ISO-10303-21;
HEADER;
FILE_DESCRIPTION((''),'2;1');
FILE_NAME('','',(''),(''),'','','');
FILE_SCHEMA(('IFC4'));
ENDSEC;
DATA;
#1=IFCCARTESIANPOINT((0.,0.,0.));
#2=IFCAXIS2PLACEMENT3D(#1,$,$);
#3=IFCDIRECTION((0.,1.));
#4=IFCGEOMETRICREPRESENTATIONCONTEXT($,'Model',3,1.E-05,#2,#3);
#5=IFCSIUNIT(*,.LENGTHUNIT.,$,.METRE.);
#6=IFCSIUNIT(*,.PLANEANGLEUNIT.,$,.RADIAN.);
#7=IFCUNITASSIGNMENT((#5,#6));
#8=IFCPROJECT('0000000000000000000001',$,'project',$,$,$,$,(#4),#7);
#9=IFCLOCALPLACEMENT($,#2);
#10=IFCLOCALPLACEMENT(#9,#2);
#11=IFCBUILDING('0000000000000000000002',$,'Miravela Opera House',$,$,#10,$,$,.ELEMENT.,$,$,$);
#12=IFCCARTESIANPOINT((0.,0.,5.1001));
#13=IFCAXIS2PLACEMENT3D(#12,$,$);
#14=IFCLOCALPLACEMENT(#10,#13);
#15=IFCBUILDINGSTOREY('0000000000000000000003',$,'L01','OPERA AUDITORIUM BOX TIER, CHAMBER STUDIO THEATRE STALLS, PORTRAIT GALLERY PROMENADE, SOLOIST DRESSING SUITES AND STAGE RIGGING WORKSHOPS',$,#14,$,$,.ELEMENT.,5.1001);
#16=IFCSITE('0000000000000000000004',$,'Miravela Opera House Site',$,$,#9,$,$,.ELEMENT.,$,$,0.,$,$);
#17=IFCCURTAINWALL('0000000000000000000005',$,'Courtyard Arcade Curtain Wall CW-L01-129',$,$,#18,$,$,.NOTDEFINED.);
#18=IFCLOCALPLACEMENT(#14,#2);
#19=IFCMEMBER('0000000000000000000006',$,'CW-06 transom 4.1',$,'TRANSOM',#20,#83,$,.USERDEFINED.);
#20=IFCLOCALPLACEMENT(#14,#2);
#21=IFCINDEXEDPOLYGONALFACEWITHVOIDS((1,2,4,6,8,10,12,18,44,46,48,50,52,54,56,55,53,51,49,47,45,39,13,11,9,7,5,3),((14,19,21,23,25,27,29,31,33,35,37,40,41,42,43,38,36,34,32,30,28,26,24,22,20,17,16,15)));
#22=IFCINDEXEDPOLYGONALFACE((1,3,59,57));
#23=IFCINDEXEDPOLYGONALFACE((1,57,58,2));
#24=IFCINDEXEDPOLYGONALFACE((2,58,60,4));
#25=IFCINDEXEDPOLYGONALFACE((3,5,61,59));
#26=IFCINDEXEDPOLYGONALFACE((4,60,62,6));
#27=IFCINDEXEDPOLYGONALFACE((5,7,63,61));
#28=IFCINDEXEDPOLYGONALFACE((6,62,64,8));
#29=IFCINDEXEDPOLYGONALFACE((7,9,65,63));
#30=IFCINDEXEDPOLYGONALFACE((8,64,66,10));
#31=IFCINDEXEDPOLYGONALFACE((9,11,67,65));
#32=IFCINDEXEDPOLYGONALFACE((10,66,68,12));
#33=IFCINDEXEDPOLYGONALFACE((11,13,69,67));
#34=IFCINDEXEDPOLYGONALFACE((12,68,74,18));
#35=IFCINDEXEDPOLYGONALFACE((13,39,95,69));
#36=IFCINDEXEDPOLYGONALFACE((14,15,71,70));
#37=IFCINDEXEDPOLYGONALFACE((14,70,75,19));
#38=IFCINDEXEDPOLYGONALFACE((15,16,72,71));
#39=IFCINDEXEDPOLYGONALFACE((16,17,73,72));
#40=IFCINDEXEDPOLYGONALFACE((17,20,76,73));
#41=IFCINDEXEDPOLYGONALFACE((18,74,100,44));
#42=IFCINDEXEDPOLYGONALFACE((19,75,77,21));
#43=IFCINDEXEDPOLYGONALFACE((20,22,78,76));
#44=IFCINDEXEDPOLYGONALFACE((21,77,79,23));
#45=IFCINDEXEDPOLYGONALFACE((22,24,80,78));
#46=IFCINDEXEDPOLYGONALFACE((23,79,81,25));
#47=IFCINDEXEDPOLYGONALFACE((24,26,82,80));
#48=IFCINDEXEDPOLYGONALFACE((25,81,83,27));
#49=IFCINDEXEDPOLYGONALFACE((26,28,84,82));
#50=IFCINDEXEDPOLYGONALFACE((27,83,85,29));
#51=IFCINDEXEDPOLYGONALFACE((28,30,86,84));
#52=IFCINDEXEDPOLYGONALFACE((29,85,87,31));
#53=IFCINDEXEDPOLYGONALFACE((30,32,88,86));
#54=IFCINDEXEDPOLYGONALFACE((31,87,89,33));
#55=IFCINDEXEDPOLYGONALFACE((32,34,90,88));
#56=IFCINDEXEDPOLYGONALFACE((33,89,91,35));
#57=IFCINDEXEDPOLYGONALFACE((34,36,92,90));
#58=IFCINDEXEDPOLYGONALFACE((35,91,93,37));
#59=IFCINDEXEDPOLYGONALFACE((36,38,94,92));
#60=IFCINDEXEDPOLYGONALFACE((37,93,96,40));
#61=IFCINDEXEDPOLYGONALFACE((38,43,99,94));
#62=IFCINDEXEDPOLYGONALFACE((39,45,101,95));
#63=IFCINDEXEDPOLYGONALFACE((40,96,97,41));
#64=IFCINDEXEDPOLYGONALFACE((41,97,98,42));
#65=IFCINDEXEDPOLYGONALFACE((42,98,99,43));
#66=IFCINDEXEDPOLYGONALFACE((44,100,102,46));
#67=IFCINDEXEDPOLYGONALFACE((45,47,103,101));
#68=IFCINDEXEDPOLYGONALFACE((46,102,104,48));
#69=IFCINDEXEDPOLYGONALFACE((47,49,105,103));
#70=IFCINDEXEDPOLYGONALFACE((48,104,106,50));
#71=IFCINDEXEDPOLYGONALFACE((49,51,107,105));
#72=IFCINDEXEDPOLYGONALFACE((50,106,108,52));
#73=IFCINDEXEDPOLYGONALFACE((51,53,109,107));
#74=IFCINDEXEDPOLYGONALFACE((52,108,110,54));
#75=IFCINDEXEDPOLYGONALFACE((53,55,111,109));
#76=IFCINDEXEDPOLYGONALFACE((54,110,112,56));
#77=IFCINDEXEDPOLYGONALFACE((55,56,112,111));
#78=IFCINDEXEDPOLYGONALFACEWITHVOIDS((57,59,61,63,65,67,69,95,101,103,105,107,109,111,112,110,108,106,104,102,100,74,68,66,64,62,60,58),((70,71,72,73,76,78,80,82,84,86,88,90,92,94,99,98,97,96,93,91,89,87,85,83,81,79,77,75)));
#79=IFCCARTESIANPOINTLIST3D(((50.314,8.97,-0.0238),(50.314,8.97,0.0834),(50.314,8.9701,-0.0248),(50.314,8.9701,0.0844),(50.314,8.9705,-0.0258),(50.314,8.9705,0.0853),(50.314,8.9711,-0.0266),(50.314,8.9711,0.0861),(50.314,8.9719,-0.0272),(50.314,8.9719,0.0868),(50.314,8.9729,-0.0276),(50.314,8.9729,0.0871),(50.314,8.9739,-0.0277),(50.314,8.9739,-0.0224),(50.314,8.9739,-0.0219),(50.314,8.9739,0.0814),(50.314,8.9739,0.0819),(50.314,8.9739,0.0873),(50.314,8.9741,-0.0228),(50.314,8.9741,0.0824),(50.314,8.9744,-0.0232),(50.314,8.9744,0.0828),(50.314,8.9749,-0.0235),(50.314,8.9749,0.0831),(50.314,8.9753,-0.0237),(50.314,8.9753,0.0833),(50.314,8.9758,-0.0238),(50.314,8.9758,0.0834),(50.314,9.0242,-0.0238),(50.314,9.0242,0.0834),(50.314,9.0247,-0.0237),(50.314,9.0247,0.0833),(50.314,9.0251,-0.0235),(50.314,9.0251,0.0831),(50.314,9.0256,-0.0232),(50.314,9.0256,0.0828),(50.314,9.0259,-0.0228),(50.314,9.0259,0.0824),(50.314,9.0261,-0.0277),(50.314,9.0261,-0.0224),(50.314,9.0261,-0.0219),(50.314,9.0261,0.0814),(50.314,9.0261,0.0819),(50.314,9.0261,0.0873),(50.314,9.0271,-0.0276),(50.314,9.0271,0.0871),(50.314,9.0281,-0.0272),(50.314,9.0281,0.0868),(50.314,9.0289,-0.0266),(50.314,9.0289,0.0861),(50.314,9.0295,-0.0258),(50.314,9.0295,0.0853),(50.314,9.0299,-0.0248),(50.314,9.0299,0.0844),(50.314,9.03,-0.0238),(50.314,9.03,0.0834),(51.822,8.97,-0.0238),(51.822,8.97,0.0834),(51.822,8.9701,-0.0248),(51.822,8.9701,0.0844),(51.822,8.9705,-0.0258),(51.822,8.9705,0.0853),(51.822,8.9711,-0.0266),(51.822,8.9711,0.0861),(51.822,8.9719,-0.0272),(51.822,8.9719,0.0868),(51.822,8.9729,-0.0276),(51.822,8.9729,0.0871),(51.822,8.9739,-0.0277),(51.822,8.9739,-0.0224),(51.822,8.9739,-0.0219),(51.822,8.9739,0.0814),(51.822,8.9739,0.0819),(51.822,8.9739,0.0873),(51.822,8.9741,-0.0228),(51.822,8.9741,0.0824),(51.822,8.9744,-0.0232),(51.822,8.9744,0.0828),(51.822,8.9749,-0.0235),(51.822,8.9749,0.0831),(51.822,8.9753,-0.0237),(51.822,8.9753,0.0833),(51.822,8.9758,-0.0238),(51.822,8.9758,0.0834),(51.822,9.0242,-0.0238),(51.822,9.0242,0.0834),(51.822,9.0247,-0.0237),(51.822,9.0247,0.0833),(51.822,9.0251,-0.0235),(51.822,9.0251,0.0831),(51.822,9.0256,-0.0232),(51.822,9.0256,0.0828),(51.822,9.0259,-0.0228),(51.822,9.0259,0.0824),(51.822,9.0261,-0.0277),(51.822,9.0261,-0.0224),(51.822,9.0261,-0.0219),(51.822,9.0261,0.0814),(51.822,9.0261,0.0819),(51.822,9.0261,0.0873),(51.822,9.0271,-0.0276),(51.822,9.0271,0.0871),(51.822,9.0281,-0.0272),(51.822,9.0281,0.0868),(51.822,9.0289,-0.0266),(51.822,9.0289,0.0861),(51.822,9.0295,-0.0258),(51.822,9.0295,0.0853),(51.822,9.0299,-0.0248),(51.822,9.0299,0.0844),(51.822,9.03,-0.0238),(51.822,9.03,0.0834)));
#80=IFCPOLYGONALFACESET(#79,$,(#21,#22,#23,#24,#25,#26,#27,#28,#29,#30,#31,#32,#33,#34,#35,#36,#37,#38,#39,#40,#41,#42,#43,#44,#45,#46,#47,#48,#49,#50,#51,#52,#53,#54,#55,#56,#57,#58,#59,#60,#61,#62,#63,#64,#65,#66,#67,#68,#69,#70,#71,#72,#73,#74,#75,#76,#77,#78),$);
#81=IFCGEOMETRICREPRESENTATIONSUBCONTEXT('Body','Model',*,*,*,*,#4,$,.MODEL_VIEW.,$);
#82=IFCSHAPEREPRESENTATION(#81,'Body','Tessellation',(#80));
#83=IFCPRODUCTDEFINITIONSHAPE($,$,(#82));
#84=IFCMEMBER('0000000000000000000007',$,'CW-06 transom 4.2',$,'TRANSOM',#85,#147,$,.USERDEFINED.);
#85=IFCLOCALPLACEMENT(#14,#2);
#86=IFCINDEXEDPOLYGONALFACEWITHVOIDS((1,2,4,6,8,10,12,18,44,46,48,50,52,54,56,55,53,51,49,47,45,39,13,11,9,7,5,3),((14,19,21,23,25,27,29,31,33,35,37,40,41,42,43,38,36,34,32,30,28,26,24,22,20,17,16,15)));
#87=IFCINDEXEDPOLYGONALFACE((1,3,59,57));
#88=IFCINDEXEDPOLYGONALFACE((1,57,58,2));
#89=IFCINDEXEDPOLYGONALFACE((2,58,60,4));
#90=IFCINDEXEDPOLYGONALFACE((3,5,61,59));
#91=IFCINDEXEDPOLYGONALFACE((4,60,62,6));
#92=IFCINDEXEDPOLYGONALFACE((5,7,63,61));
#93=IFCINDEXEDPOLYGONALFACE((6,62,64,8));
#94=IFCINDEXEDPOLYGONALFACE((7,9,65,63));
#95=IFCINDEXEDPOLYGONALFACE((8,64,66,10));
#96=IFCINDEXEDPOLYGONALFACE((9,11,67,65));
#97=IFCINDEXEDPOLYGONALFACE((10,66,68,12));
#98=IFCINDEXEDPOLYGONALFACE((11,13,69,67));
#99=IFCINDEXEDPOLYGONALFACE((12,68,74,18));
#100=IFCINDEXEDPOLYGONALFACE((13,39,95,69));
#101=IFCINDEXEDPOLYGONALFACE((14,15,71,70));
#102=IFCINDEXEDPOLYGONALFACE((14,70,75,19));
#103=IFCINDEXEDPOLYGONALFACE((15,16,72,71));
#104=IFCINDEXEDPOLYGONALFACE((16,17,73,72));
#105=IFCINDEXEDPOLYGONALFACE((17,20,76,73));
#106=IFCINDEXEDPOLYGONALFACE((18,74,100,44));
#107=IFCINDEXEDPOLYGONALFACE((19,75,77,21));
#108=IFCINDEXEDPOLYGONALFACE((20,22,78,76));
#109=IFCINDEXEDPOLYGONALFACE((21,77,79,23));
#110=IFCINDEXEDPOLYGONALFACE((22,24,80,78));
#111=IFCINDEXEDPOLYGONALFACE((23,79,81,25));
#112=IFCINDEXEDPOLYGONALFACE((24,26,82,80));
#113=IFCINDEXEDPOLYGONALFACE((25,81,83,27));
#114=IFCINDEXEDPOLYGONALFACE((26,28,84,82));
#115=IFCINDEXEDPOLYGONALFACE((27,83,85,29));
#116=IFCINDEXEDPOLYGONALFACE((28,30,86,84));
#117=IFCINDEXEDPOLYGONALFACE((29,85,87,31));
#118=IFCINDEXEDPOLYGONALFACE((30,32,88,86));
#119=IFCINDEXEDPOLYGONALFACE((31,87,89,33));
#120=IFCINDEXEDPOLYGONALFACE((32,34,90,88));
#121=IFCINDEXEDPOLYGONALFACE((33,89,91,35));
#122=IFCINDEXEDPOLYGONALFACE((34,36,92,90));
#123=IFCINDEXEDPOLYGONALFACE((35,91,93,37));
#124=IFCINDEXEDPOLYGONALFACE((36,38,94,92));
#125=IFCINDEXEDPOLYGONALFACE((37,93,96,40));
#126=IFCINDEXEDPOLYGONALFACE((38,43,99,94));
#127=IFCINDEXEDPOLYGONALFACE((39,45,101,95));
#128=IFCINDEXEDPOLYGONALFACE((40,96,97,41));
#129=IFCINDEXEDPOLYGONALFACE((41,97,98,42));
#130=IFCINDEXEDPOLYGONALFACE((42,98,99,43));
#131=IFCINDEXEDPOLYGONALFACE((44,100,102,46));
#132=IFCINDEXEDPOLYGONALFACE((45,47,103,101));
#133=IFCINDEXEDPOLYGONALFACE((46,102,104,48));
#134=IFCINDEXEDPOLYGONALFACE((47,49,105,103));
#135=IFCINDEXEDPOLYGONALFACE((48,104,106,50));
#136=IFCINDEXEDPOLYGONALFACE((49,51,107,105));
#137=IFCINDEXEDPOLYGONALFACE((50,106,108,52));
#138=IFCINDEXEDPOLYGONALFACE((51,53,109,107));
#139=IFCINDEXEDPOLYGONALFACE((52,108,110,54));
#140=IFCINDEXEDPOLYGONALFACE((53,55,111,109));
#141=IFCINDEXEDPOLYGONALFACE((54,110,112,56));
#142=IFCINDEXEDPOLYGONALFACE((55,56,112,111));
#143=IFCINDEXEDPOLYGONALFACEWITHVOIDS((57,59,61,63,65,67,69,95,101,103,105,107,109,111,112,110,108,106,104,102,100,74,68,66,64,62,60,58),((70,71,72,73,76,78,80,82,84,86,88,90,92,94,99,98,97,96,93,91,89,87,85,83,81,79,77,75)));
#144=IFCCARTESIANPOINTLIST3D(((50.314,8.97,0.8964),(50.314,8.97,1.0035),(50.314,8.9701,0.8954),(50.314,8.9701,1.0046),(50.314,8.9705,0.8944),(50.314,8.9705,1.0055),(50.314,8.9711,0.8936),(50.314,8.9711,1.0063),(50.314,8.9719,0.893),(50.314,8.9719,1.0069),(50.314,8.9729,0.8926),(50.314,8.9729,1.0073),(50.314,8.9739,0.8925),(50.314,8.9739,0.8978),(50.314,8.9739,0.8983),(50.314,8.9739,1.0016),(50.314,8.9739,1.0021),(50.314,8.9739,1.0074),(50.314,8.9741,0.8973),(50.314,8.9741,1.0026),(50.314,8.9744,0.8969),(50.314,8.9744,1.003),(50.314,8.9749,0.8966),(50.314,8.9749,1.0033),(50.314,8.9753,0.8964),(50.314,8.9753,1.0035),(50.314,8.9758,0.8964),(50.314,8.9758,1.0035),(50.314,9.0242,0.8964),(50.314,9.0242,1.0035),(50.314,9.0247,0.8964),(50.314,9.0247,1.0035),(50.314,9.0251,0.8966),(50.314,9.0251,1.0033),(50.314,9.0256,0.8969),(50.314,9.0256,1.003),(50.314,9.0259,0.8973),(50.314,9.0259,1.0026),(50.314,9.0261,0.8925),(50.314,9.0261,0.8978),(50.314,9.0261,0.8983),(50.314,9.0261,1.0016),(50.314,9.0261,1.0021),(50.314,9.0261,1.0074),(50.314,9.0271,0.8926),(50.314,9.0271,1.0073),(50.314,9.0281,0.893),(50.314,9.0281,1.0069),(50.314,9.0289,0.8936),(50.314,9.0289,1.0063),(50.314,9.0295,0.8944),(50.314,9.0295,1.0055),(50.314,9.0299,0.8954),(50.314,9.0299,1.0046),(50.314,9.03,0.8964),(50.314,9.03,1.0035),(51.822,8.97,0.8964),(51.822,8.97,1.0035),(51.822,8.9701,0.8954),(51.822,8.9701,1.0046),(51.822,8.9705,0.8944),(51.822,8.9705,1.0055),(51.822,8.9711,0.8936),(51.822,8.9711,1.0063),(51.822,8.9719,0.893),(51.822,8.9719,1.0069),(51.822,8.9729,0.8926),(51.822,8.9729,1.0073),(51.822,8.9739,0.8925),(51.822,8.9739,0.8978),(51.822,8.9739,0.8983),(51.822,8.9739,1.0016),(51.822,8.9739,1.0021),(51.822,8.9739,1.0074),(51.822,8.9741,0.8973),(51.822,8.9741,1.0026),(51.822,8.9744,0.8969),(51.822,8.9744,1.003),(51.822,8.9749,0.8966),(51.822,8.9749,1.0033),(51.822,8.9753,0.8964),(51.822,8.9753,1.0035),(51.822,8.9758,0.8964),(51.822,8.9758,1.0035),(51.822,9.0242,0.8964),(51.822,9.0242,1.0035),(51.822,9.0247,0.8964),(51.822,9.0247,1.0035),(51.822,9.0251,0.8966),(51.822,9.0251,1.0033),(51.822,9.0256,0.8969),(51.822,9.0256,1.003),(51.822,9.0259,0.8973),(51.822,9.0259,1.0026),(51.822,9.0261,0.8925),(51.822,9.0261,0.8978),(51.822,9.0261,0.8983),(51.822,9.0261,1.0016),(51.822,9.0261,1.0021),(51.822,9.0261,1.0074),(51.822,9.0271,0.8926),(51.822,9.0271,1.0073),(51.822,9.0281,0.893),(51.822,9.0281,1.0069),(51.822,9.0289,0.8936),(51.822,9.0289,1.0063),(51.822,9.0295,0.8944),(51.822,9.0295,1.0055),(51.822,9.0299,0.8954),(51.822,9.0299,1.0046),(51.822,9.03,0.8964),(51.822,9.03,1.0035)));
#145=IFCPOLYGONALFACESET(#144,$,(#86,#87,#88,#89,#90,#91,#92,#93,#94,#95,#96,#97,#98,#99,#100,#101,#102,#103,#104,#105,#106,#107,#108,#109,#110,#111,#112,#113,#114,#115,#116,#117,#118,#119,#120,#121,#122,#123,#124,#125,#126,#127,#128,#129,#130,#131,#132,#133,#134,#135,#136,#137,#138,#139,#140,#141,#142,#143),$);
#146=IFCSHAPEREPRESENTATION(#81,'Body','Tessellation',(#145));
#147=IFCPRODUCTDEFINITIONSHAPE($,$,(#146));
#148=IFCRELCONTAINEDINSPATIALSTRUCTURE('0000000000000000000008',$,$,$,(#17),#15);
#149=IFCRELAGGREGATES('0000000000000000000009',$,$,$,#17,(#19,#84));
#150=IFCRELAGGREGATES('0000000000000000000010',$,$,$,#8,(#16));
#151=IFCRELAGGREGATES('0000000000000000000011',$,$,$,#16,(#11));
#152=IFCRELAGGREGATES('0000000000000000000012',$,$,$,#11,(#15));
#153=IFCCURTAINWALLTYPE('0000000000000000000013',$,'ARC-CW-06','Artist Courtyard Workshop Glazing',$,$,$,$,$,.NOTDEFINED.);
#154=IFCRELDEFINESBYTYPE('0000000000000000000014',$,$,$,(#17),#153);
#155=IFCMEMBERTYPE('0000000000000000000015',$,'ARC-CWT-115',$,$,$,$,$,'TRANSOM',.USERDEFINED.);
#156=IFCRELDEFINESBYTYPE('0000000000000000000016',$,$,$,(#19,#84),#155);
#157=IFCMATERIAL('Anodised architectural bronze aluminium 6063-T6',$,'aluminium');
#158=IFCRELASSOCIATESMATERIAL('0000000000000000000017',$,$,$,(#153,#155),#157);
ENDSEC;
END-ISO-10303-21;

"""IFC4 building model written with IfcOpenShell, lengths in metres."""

from ifc_helpers import new_model, si_unit, direction, frame, origin, origin_2d, place, context, subcontext, project, spatial, hollow_rectangle, extrude, material, material_profile, profile_set, type_object, element, aggregate, save


model = new_model("IFC4")

# Units and contexts
model_context = context("Model", 3, precision=1e-05, world=origin(), true_north=direction((0.0, 1.0)))
body_context = subcontext(model_context, "Body", "Model", "MODEL_VIEW")
ifc_project = project(units=[si_unit("LENGTHUNIT", "METRE"), si_unit("PLANEANGLEUNIT", "RADIAN")], contexts=[model_context])

# Site, building, storey
site_placement = place(None, origin())
site = spatial("IfcSite", under=ifc_project, at=site_placement, Name="Miravela Opera House Site", CompositionType="ELEMENT", RefElevation=0.0)
building_placement = place(site_placement, origin())
building = spatial("IfcBuilding", under=site, at=building_placement, Name="Miravela Opera House", CompositionType="ELEMENT")
storey_placement = place(building_placement, frame((0.0, 0.0, 5.1001)))
storey = spatial("IfcBuildingStorey", under=building, at=storey_placement, Name="L01", Description="OPERA AUDITORIUM BOX TIER, CHAMBER STUDIO THEATRE STALLS, PORTRAIT GALLERY PROMENADE, SOLOIST DRESSING SUITES AND STAGE RIGGING WORKSHOPS", CompositionType="ELEMENT", Elevation=5.1001)

# Curtain wall, members
ifc_material_1 = material(Name="Anodised architectural bronze aluminium 6063-T6", Category="aluminium")
curtain_wall_type = type_object("IfcCurtainWallType", Name="ARC-CW-06", Description="Artist Courtyard Workshop Glazing", PredefinedType="NOTDEFINED", material=ifc_material_1)
curtain_wall_placement = place(storey_placement, origin())
curtain_wall = element("IfcCurtainWall", 1, at=curtain_wall_placement, inside=storey, type_object=curtain_wall_type, Name="Courtyard Arcade Curtain Wall CW-L01-129", PredefinedType="NOTDEFINED")
ifc_material_profile_1 = material_profile(ifc_material_1, hollow_rectangle(XDim=0.0601, YDim=0.115, WallThickness=0.0039, InnerFilletRadius=0.002, OuterFilletRadius=0.0039, at=origin_2d()), Name="CWT-60X115")
ifc_profile_set_1 = profile_set([ifc_material_profile_1])
member_type_1 = type_object("IfcMemberType", Name="ARC-CWT-115", ElementType="TRANSOM", PredefinedType="USERDEFINED", material=ifc_profile_set_1)
member_1_placement = place(storey_placement, frame((50.314, 9.0, 0.0298), z_axis=(1.0, 0.0, 0.0), x_axis=(0.0, 1.0, 0.0)))
member_1 = element("IfcMember", 2, at=member_1_placement, type_object=member_type_1, Name="CW-06 transom 4.1", ObjectType="TRANSOM", PredefinedType="USERDEFINED", context=body_context, shape_type="SweptSolid", body=[
    extrude(hollow_rectangle(XDim=0.0601, YDim=0.115, WallThickness=0.0039, InnerFilletRadius=0.002, OuterFilletRadius=0.0039, at=origin_2d()), origin(), (0.0, 0.0, 1.0), 1.5081),
])
member_2_placement = place(storey_placement, frame((50.314, 9.0, 0.95), z_axis=(1.0, 0.0, 0.0), x_axis=(0.0, 1.0, 0.0)))
member_2 = element("IfcMember", 3, at=member_2_placement, type_object=member_type_1, Name="CW-06 transom 4.2", ObjectType="TRANSOM", PredefinedType="USERDEFINED", context=body_context, shape_type="SweptSolid", body=[
    extrude(hollow_rectangle(XDim=0.0601, YDim=0.115, WallThickness=0.0039, InnerFilletRadius=0.002, OuterFilletRadius=0.0039, at=origin_2d()), origin(), (0.0, 0.0, 1.0), 1.5081),
])

aggregate(curtain_wall, [member_1, member_2])

save(model, "model.ifc")
